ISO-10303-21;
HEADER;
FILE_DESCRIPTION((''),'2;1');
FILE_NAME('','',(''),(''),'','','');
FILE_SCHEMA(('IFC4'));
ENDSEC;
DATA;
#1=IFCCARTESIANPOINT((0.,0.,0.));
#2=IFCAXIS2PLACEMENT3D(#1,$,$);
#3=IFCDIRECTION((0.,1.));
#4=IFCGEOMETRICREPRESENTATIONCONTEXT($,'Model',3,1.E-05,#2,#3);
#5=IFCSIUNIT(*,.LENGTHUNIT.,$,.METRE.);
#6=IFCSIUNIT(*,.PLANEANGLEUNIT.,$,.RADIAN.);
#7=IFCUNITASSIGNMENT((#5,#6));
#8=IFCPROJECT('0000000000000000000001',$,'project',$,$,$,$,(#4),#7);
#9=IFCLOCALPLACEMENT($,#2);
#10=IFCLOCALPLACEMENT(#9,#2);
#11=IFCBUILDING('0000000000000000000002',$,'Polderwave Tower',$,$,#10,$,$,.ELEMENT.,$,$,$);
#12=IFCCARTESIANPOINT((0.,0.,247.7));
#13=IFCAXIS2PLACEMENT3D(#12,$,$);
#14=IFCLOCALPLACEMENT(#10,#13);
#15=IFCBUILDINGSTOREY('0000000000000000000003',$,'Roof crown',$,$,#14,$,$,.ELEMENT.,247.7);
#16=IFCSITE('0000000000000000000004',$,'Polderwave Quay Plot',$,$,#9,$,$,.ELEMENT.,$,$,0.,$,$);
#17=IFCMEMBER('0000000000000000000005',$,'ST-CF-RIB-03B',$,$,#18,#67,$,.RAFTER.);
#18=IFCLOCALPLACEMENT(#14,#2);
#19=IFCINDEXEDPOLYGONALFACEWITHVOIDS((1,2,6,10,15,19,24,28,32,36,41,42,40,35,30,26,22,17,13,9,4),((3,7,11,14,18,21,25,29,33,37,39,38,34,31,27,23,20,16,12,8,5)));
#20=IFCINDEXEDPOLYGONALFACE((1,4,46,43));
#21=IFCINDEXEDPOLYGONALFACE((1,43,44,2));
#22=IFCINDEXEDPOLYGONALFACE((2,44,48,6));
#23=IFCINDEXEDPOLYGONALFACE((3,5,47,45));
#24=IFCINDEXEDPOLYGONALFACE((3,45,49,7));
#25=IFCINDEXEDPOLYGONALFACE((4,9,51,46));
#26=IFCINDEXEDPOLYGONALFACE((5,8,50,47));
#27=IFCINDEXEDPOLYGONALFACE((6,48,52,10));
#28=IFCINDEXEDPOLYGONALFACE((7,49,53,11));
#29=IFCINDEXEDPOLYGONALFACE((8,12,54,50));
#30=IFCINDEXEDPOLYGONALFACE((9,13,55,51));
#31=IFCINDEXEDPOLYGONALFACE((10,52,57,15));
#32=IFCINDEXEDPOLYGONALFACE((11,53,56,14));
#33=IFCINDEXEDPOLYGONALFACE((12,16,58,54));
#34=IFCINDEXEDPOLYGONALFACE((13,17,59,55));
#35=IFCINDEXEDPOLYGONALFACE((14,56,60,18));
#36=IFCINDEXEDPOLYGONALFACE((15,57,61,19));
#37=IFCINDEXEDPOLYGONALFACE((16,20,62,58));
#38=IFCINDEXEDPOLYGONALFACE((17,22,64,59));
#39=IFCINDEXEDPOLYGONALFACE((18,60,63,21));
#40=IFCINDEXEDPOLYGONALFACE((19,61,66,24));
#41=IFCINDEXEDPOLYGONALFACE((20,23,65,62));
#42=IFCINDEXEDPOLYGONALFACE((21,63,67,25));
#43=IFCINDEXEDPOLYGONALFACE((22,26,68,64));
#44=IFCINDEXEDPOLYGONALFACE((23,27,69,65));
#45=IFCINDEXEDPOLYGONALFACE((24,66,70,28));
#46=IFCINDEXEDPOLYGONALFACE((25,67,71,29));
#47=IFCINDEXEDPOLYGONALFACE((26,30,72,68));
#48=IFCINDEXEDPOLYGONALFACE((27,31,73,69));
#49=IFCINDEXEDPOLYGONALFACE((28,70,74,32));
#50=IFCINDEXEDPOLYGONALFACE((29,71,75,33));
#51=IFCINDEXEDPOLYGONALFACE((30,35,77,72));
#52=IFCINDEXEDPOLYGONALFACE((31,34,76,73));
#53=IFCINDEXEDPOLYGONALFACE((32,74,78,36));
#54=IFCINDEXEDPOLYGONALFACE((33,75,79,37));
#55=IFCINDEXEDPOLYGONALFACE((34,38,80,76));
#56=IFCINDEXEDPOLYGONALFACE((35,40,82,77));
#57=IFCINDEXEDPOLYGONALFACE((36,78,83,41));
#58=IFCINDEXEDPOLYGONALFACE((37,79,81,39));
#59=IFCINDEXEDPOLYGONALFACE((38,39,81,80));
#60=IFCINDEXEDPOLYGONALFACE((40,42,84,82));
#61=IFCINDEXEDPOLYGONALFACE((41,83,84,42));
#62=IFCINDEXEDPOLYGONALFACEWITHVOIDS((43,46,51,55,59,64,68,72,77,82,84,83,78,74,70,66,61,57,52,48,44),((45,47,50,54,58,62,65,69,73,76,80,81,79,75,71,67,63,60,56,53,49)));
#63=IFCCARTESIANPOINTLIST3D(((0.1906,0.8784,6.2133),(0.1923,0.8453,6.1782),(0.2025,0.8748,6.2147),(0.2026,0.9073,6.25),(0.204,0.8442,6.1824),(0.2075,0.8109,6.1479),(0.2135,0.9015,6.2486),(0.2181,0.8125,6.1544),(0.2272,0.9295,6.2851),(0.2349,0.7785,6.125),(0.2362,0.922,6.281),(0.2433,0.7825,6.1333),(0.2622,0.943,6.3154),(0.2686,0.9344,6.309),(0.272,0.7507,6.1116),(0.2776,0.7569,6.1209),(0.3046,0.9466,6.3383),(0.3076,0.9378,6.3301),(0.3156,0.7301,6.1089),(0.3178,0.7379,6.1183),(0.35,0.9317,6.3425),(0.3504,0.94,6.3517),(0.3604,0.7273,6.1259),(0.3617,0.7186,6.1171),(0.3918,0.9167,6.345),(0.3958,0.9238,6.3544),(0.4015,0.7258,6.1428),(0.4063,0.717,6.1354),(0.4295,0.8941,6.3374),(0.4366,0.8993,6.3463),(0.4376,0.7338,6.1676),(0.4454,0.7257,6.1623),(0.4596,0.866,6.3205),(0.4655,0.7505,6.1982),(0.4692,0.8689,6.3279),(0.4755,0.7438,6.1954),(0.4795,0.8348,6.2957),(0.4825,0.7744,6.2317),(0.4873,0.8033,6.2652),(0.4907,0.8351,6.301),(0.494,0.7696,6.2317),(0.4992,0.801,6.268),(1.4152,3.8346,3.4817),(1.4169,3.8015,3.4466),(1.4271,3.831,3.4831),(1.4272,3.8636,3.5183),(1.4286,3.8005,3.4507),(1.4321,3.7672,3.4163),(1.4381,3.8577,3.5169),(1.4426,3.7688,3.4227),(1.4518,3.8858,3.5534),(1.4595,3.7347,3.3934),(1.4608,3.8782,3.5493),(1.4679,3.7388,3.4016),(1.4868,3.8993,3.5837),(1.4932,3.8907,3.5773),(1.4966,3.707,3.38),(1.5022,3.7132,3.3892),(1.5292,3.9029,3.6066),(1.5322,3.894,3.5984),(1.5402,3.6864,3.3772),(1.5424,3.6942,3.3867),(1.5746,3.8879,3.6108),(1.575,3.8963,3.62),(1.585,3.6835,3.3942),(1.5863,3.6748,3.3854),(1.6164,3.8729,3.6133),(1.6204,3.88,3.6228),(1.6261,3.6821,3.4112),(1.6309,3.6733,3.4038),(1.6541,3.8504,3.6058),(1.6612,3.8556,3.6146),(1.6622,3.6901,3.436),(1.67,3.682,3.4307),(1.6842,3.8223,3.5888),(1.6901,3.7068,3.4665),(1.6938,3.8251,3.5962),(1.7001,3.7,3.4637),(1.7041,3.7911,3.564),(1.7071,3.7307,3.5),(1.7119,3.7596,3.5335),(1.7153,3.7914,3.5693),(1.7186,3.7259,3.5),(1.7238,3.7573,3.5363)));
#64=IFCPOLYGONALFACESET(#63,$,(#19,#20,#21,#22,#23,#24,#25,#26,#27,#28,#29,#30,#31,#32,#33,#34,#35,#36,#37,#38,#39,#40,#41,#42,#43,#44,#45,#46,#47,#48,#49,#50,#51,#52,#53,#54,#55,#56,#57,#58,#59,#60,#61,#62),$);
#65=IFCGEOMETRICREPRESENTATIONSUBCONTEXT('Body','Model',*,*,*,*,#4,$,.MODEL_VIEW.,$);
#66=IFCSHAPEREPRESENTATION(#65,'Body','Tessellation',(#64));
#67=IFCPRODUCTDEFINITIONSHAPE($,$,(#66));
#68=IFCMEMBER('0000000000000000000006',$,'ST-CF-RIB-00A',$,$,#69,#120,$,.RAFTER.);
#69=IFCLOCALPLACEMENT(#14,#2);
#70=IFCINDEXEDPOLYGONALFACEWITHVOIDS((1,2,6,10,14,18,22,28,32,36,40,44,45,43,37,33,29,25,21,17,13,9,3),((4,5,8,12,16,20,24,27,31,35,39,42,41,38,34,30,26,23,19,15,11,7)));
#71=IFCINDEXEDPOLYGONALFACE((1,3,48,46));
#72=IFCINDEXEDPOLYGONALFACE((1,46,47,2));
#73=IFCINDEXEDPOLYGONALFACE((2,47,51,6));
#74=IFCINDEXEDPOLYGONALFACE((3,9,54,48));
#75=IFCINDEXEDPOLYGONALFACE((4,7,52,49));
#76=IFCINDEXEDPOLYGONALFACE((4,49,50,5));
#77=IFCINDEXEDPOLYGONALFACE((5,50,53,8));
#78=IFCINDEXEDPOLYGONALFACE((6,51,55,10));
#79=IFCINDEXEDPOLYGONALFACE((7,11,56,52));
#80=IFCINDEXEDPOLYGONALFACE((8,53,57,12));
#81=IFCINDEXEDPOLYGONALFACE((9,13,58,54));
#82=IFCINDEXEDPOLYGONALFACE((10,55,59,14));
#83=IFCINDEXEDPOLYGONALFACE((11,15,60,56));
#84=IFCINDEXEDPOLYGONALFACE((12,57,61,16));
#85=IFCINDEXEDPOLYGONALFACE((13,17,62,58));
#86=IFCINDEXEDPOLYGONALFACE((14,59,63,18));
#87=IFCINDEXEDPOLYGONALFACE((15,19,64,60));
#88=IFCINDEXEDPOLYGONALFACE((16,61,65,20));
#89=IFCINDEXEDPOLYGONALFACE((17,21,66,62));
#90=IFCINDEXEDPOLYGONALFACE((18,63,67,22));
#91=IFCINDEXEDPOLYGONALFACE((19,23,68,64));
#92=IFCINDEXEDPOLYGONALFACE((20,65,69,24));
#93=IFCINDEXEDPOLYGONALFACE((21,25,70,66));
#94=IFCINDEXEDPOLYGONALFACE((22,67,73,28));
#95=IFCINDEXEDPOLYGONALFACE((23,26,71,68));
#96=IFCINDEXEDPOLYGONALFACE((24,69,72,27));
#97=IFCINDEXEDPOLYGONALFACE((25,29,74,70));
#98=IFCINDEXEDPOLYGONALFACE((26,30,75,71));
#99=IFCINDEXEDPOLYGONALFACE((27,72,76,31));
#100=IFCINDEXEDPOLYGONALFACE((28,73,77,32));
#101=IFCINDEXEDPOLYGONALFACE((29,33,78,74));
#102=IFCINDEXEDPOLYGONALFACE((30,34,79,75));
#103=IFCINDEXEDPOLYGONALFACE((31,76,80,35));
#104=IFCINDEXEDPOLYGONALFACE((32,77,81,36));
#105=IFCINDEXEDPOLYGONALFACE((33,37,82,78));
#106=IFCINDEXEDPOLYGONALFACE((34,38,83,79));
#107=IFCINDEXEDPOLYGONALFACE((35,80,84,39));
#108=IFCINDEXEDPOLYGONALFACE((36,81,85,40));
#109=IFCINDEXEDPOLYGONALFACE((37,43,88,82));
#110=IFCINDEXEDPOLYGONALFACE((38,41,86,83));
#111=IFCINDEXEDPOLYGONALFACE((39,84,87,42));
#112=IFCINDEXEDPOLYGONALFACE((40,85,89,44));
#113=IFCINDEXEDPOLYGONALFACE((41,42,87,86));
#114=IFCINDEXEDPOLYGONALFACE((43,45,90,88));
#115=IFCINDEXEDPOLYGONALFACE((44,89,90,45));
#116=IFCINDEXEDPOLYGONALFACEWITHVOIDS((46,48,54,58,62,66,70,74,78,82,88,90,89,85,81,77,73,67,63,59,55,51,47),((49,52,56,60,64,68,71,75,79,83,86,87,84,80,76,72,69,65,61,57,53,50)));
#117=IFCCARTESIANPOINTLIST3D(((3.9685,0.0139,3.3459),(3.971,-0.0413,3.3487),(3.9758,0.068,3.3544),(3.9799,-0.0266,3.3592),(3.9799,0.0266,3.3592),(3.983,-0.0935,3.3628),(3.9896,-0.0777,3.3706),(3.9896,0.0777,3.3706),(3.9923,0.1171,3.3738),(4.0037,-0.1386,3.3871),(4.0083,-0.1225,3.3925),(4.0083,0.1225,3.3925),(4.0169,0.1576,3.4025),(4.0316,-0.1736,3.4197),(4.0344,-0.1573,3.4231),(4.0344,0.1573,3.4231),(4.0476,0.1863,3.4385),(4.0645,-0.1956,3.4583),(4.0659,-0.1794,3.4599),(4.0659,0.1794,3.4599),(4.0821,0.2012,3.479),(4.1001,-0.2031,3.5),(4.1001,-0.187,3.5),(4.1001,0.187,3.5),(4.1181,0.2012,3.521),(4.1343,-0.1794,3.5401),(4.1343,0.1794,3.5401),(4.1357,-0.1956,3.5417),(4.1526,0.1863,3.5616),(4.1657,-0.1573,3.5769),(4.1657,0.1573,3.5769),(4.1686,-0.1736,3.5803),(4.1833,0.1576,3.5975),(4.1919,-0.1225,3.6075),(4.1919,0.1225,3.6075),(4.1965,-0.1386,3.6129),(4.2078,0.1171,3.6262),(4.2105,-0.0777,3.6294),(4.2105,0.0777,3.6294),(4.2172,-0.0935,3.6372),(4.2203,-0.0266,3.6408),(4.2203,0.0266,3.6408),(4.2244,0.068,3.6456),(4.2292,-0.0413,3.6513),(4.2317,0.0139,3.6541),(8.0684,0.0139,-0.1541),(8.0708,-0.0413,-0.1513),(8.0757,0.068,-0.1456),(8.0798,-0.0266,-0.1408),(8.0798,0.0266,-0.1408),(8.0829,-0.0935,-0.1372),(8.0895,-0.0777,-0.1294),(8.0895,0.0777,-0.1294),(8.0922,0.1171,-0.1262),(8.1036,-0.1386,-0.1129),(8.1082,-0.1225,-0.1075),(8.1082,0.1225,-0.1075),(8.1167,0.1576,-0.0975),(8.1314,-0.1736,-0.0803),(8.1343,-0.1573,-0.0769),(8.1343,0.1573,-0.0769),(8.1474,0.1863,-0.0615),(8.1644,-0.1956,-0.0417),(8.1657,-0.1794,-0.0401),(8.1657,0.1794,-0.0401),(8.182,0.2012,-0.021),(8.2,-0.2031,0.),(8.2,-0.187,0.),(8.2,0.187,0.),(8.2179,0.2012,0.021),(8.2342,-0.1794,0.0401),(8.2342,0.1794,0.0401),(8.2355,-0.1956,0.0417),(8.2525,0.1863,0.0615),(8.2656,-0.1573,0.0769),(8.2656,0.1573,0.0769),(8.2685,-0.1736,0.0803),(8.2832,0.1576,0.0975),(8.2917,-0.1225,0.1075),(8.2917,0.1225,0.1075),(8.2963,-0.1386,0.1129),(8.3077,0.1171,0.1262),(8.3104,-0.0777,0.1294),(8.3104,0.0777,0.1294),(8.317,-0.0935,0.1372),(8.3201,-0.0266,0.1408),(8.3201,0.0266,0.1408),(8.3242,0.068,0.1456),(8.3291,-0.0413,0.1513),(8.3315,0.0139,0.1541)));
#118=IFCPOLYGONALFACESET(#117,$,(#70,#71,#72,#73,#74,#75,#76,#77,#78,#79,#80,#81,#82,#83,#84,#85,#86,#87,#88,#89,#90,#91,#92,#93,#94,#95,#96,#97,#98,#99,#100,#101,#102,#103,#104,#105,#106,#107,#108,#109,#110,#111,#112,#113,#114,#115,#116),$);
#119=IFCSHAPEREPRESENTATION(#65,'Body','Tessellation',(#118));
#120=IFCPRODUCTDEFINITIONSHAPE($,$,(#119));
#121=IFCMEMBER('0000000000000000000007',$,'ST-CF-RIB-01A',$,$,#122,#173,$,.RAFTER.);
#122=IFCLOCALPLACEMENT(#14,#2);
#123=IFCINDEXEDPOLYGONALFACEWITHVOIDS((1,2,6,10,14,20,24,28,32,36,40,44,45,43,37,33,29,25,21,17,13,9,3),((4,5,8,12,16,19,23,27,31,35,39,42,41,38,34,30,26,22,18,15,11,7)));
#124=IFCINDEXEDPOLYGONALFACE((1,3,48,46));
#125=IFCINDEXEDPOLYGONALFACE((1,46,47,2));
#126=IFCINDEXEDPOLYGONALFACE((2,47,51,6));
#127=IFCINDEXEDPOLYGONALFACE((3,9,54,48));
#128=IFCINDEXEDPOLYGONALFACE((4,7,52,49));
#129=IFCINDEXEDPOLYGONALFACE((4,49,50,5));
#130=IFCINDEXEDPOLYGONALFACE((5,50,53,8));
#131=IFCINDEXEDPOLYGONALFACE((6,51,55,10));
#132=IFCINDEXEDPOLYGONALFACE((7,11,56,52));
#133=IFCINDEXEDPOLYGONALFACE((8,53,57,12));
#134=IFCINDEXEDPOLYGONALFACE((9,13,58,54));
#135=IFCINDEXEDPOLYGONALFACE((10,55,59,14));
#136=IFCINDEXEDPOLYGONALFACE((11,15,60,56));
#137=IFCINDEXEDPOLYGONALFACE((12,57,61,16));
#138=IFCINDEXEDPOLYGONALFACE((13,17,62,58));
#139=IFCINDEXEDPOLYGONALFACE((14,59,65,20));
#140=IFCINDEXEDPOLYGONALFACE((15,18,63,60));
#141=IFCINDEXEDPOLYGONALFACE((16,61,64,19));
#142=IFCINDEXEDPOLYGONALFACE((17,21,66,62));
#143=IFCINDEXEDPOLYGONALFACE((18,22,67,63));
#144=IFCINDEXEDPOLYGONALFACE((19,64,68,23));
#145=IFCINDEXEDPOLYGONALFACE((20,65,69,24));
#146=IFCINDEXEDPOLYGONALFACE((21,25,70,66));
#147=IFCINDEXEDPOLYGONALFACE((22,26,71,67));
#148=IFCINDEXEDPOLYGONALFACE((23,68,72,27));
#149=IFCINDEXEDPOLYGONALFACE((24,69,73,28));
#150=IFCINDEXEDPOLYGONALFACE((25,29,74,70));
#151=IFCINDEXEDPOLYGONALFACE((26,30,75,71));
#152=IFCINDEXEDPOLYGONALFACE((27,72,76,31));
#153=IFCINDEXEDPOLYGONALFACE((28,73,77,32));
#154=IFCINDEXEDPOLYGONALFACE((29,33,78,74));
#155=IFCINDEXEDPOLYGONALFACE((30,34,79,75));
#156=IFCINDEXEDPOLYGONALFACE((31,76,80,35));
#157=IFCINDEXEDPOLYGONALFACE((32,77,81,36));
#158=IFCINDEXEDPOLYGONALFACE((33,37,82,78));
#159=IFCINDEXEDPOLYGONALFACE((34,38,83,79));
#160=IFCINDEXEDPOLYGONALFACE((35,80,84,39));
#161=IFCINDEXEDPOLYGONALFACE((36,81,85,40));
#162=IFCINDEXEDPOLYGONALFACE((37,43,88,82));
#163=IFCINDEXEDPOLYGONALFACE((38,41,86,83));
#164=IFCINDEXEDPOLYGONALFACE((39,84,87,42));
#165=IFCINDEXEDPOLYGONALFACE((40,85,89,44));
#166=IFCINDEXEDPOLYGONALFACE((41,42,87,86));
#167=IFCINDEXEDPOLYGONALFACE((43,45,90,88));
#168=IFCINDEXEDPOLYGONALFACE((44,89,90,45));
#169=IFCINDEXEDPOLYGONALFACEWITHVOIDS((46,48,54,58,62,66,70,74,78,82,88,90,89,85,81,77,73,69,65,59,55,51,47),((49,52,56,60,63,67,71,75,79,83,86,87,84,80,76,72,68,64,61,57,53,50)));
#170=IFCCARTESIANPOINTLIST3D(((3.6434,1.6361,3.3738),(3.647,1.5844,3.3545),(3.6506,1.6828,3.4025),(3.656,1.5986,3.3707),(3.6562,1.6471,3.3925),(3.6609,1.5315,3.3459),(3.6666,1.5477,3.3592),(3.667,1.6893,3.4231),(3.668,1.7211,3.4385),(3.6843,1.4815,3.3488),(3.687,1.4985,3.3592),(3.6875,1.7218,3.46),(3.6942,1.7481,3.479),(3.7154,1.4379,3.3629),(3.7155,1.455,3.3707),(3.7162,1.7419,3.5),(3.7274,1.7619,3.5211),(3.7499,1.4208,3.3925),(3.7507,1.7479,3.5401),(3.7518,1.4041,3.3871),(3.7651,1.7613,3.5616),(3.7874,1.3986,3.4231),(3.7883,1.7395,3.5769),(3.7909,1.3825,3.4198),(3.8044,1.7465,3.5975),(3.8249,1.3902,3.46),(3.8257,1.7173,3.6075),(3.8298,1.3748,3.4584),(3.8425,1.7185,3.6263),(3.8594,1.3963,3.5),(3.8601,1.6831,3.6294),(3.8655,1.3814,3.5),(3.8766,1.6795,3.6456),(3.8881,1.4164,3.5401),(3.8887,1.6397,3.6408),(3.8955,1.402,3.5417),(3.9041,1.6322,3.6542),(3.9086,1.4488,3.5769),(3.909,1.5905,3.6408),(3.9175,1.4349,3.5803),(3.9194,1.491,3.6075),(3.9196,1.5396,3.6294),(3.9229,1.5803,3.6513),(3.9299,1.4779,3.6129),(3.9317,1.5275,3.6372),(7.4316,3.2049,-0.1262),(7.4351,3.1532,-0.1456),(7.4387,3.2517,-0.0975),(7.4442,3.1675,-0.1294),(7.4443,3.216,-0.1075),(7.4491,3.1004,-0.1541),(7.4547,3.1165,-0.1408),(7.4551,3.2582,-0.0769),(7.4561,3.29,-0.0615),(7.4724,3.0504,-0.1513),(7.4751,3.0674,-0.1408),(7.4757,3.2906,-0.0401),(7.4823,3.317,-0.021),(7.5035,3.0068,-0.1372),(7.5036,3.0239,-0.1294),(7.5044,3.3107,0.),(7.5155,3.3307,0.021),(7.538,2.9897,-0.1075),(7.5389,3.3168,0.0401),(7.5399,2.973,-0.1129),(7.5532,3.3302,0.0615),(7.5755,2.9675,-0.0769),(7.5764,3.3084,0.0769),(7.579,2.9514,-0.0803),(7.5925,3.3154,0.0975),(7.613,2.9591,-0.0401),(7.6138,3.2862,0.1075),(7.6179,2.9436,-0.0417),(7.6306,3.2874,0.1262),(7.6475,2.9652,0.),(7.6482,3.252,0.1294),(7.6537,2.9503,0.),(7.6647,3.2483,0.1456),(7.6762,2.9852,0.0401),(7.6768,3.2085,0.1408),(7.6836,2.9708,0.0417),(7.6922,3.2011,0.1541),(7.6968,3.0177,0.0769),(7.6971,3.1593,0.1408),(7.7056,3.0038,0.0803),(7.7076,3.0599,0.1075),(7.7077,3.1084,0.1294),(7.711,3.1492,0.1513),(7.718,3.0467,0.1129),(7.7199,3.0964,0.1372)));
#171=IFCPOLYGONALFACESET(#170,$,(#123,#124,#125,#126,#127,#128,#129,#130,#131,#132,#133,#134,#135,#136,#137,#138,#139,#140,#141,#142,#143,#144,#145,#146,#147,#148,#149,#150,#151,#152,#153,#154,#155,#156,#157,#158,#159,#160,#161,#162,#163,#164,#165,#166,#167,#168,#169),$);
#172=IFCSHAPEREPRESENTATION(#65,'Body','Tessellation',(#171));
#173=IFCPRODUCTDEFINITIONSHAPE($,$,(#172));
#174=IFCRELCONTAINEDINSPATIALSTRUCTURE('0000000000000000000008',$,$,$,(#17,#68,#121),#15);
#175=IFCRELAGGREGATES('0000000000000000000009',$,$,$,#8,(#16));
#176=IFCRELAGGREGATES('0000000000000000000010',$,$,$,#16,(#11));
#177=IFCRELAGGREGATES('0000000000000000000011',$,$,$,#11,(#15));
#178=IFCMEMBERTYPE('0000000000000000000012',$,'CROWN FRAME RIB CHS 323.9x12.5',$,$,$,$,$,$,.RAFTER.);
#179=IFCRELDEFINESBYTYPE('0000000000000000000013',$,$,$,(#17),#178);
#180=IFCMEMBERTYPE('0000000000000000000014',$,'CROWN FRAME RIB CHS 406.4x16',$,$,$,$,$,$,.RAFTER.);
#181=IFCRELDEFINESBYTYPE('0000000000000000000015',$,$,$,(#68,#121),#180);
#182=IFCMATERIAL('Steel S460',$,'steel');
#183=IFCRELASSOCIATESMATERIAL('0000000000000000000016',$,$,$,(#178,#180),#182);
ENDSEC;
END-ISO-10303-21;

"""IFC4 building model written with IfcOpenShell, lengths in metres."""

from ifc_helpers import new_model, si_unit, direction, frame, origin, origin_2d, place, context, subcontext, project, spatial, hollow_circle, extrude, material, material_profile, profile_set, type_object, element, save


model = new_model("IFC4")

# Units and contexts
model_context = context("Model", 3, precision=1e-05, world=origin(), true_north=direction((0.0, 1.0)))
body_context = subcontext(model_context, "Body", "Model", "MODEL_VIEW")
ifc_project = project(units=[si_unit("LENGTHUNIT", "METRE"), si_unit("PLANEANGLEUNIT", "RADIAN")], contexts=[model_context])

# Site, building, storey
site_placement = place(None, origin())
site = spatial("IfcSite", under=ifc_project, at=site_placement, Name="Polderwave Quay Plot", CompositionType="ELEMENT", RefElevation=0.0)
building_placement = place(site_placement, origin())
building = spatial("IfcBuilding", under=site, at=building_placement, Name="Polderwave Tower", CompositionType="ELEMENT")
storey_placement = place(building_placement, frame((0.0, 0.0, 247.7)))
storey = spatial("IfcBuildingStorey", under=building, at=storey_placement, Name="Roof crown", CompositionType="ELEMENT", Elevation=247.7)

# Members
ifc_material_1 = material(Name="Steel S460", Category="steel")
ifc_material_profile_1 = material_profile(ifc_material_1, hollow_circle(Radius=0.1619, WallThickness=0.0125, at=origin_2d()), Name="CHS 323.9x12.5")
ifc_profile_set_1 = profile_set([ifc_material_profile_1], Name="Steel S460")
member_type_1 = type_object("IfcMemberType", Name="CROWN FRAME RIB CHS 323.9x12.5", PredefinedType="RAFTER", material=ifc_profile_set_1)
for number, where, z_axis, x_axis, name in (
    (1, (1.5691, 3.7878, 3.5), (-0.291067, -0.702657, 0.649271), (0.923872, -0.382702, 0.0), "ST-CF-RIB-03B"),
):
    element("IfcMember", number, at=place(storey_placement, frame(where, z_axis=z_axis, x_axis=x_axis)), inside=storey, type_object=member_type_1, Name=name, PredefinedType="RAFTER", context=body_context, shape_type="SweptSolid", body=[
        extrude(hollow_circle(Radius=0.1619, WallThickness=0.0125, at=origin_2d()), origin(), (0.0, 0.0, 1.0), 4.2073),
    ])
ifc_material_profile_2 = material_profile(ifc_material_1, hollow_circle(Radius=0.2031, WallThickness=0.0161, at=origin_2d()), Name="CHS 406.4x16")
ifc_profile_set_2 = profile_set([ifc_material_profile_2], Name="Steel S460")
member_type_2 = type_object("IfcMemberType", Name="CROWN FRAME RIB CHS 406.4x16", PredefinedType="RAFTER", material=ifc_profile_set_2)
member_1_placement = place(storey_placement, frame((8.2, 0.0, 0.0), z_axis=(-0.760553, 0.0, 0.649276), x_axis=(0.0, -1.0, 0.0)))
element("IfcMember", 2, at=member_1_placement, inside=storey, type_object=member_type_2, Name="ST-CF-RIB-00A", PredefinedType="RAFTER", context=body_context, shape_type="SweptSolid", body=[
    extrude(hollow_circle(Radius=0.2031, WallThickness=0.0161, at=origin_2d()), origin(), (0.0, 0.0, 1.0), 5.3906),
])
for number, where, z_axis, x_axis, name in (
    (3, (7.5759, 3.1379, 0.0), (-0.702693, -0.291022, 0.649253), (0.382636, -0.923899, 0.0), "ST-CF-RIB-01A"),
):
    element("IfcMember", number, at=place(storey_placement, frame(where, z_axis=z_axis, x_axis=x_axis)), inside=storey, type_object=member_type_2, Name=name, PredefinedType="RAFTER", context=body_context, shape_type="SweptSolid", body=[
        extrude(hollow_circle(Radius=0.2031, WallThickness=0.0161, at=origin_2d()), origin(), (0.0, 0.0, 1.0), 5.3909),
    ])

save(model, "model.ifc")
